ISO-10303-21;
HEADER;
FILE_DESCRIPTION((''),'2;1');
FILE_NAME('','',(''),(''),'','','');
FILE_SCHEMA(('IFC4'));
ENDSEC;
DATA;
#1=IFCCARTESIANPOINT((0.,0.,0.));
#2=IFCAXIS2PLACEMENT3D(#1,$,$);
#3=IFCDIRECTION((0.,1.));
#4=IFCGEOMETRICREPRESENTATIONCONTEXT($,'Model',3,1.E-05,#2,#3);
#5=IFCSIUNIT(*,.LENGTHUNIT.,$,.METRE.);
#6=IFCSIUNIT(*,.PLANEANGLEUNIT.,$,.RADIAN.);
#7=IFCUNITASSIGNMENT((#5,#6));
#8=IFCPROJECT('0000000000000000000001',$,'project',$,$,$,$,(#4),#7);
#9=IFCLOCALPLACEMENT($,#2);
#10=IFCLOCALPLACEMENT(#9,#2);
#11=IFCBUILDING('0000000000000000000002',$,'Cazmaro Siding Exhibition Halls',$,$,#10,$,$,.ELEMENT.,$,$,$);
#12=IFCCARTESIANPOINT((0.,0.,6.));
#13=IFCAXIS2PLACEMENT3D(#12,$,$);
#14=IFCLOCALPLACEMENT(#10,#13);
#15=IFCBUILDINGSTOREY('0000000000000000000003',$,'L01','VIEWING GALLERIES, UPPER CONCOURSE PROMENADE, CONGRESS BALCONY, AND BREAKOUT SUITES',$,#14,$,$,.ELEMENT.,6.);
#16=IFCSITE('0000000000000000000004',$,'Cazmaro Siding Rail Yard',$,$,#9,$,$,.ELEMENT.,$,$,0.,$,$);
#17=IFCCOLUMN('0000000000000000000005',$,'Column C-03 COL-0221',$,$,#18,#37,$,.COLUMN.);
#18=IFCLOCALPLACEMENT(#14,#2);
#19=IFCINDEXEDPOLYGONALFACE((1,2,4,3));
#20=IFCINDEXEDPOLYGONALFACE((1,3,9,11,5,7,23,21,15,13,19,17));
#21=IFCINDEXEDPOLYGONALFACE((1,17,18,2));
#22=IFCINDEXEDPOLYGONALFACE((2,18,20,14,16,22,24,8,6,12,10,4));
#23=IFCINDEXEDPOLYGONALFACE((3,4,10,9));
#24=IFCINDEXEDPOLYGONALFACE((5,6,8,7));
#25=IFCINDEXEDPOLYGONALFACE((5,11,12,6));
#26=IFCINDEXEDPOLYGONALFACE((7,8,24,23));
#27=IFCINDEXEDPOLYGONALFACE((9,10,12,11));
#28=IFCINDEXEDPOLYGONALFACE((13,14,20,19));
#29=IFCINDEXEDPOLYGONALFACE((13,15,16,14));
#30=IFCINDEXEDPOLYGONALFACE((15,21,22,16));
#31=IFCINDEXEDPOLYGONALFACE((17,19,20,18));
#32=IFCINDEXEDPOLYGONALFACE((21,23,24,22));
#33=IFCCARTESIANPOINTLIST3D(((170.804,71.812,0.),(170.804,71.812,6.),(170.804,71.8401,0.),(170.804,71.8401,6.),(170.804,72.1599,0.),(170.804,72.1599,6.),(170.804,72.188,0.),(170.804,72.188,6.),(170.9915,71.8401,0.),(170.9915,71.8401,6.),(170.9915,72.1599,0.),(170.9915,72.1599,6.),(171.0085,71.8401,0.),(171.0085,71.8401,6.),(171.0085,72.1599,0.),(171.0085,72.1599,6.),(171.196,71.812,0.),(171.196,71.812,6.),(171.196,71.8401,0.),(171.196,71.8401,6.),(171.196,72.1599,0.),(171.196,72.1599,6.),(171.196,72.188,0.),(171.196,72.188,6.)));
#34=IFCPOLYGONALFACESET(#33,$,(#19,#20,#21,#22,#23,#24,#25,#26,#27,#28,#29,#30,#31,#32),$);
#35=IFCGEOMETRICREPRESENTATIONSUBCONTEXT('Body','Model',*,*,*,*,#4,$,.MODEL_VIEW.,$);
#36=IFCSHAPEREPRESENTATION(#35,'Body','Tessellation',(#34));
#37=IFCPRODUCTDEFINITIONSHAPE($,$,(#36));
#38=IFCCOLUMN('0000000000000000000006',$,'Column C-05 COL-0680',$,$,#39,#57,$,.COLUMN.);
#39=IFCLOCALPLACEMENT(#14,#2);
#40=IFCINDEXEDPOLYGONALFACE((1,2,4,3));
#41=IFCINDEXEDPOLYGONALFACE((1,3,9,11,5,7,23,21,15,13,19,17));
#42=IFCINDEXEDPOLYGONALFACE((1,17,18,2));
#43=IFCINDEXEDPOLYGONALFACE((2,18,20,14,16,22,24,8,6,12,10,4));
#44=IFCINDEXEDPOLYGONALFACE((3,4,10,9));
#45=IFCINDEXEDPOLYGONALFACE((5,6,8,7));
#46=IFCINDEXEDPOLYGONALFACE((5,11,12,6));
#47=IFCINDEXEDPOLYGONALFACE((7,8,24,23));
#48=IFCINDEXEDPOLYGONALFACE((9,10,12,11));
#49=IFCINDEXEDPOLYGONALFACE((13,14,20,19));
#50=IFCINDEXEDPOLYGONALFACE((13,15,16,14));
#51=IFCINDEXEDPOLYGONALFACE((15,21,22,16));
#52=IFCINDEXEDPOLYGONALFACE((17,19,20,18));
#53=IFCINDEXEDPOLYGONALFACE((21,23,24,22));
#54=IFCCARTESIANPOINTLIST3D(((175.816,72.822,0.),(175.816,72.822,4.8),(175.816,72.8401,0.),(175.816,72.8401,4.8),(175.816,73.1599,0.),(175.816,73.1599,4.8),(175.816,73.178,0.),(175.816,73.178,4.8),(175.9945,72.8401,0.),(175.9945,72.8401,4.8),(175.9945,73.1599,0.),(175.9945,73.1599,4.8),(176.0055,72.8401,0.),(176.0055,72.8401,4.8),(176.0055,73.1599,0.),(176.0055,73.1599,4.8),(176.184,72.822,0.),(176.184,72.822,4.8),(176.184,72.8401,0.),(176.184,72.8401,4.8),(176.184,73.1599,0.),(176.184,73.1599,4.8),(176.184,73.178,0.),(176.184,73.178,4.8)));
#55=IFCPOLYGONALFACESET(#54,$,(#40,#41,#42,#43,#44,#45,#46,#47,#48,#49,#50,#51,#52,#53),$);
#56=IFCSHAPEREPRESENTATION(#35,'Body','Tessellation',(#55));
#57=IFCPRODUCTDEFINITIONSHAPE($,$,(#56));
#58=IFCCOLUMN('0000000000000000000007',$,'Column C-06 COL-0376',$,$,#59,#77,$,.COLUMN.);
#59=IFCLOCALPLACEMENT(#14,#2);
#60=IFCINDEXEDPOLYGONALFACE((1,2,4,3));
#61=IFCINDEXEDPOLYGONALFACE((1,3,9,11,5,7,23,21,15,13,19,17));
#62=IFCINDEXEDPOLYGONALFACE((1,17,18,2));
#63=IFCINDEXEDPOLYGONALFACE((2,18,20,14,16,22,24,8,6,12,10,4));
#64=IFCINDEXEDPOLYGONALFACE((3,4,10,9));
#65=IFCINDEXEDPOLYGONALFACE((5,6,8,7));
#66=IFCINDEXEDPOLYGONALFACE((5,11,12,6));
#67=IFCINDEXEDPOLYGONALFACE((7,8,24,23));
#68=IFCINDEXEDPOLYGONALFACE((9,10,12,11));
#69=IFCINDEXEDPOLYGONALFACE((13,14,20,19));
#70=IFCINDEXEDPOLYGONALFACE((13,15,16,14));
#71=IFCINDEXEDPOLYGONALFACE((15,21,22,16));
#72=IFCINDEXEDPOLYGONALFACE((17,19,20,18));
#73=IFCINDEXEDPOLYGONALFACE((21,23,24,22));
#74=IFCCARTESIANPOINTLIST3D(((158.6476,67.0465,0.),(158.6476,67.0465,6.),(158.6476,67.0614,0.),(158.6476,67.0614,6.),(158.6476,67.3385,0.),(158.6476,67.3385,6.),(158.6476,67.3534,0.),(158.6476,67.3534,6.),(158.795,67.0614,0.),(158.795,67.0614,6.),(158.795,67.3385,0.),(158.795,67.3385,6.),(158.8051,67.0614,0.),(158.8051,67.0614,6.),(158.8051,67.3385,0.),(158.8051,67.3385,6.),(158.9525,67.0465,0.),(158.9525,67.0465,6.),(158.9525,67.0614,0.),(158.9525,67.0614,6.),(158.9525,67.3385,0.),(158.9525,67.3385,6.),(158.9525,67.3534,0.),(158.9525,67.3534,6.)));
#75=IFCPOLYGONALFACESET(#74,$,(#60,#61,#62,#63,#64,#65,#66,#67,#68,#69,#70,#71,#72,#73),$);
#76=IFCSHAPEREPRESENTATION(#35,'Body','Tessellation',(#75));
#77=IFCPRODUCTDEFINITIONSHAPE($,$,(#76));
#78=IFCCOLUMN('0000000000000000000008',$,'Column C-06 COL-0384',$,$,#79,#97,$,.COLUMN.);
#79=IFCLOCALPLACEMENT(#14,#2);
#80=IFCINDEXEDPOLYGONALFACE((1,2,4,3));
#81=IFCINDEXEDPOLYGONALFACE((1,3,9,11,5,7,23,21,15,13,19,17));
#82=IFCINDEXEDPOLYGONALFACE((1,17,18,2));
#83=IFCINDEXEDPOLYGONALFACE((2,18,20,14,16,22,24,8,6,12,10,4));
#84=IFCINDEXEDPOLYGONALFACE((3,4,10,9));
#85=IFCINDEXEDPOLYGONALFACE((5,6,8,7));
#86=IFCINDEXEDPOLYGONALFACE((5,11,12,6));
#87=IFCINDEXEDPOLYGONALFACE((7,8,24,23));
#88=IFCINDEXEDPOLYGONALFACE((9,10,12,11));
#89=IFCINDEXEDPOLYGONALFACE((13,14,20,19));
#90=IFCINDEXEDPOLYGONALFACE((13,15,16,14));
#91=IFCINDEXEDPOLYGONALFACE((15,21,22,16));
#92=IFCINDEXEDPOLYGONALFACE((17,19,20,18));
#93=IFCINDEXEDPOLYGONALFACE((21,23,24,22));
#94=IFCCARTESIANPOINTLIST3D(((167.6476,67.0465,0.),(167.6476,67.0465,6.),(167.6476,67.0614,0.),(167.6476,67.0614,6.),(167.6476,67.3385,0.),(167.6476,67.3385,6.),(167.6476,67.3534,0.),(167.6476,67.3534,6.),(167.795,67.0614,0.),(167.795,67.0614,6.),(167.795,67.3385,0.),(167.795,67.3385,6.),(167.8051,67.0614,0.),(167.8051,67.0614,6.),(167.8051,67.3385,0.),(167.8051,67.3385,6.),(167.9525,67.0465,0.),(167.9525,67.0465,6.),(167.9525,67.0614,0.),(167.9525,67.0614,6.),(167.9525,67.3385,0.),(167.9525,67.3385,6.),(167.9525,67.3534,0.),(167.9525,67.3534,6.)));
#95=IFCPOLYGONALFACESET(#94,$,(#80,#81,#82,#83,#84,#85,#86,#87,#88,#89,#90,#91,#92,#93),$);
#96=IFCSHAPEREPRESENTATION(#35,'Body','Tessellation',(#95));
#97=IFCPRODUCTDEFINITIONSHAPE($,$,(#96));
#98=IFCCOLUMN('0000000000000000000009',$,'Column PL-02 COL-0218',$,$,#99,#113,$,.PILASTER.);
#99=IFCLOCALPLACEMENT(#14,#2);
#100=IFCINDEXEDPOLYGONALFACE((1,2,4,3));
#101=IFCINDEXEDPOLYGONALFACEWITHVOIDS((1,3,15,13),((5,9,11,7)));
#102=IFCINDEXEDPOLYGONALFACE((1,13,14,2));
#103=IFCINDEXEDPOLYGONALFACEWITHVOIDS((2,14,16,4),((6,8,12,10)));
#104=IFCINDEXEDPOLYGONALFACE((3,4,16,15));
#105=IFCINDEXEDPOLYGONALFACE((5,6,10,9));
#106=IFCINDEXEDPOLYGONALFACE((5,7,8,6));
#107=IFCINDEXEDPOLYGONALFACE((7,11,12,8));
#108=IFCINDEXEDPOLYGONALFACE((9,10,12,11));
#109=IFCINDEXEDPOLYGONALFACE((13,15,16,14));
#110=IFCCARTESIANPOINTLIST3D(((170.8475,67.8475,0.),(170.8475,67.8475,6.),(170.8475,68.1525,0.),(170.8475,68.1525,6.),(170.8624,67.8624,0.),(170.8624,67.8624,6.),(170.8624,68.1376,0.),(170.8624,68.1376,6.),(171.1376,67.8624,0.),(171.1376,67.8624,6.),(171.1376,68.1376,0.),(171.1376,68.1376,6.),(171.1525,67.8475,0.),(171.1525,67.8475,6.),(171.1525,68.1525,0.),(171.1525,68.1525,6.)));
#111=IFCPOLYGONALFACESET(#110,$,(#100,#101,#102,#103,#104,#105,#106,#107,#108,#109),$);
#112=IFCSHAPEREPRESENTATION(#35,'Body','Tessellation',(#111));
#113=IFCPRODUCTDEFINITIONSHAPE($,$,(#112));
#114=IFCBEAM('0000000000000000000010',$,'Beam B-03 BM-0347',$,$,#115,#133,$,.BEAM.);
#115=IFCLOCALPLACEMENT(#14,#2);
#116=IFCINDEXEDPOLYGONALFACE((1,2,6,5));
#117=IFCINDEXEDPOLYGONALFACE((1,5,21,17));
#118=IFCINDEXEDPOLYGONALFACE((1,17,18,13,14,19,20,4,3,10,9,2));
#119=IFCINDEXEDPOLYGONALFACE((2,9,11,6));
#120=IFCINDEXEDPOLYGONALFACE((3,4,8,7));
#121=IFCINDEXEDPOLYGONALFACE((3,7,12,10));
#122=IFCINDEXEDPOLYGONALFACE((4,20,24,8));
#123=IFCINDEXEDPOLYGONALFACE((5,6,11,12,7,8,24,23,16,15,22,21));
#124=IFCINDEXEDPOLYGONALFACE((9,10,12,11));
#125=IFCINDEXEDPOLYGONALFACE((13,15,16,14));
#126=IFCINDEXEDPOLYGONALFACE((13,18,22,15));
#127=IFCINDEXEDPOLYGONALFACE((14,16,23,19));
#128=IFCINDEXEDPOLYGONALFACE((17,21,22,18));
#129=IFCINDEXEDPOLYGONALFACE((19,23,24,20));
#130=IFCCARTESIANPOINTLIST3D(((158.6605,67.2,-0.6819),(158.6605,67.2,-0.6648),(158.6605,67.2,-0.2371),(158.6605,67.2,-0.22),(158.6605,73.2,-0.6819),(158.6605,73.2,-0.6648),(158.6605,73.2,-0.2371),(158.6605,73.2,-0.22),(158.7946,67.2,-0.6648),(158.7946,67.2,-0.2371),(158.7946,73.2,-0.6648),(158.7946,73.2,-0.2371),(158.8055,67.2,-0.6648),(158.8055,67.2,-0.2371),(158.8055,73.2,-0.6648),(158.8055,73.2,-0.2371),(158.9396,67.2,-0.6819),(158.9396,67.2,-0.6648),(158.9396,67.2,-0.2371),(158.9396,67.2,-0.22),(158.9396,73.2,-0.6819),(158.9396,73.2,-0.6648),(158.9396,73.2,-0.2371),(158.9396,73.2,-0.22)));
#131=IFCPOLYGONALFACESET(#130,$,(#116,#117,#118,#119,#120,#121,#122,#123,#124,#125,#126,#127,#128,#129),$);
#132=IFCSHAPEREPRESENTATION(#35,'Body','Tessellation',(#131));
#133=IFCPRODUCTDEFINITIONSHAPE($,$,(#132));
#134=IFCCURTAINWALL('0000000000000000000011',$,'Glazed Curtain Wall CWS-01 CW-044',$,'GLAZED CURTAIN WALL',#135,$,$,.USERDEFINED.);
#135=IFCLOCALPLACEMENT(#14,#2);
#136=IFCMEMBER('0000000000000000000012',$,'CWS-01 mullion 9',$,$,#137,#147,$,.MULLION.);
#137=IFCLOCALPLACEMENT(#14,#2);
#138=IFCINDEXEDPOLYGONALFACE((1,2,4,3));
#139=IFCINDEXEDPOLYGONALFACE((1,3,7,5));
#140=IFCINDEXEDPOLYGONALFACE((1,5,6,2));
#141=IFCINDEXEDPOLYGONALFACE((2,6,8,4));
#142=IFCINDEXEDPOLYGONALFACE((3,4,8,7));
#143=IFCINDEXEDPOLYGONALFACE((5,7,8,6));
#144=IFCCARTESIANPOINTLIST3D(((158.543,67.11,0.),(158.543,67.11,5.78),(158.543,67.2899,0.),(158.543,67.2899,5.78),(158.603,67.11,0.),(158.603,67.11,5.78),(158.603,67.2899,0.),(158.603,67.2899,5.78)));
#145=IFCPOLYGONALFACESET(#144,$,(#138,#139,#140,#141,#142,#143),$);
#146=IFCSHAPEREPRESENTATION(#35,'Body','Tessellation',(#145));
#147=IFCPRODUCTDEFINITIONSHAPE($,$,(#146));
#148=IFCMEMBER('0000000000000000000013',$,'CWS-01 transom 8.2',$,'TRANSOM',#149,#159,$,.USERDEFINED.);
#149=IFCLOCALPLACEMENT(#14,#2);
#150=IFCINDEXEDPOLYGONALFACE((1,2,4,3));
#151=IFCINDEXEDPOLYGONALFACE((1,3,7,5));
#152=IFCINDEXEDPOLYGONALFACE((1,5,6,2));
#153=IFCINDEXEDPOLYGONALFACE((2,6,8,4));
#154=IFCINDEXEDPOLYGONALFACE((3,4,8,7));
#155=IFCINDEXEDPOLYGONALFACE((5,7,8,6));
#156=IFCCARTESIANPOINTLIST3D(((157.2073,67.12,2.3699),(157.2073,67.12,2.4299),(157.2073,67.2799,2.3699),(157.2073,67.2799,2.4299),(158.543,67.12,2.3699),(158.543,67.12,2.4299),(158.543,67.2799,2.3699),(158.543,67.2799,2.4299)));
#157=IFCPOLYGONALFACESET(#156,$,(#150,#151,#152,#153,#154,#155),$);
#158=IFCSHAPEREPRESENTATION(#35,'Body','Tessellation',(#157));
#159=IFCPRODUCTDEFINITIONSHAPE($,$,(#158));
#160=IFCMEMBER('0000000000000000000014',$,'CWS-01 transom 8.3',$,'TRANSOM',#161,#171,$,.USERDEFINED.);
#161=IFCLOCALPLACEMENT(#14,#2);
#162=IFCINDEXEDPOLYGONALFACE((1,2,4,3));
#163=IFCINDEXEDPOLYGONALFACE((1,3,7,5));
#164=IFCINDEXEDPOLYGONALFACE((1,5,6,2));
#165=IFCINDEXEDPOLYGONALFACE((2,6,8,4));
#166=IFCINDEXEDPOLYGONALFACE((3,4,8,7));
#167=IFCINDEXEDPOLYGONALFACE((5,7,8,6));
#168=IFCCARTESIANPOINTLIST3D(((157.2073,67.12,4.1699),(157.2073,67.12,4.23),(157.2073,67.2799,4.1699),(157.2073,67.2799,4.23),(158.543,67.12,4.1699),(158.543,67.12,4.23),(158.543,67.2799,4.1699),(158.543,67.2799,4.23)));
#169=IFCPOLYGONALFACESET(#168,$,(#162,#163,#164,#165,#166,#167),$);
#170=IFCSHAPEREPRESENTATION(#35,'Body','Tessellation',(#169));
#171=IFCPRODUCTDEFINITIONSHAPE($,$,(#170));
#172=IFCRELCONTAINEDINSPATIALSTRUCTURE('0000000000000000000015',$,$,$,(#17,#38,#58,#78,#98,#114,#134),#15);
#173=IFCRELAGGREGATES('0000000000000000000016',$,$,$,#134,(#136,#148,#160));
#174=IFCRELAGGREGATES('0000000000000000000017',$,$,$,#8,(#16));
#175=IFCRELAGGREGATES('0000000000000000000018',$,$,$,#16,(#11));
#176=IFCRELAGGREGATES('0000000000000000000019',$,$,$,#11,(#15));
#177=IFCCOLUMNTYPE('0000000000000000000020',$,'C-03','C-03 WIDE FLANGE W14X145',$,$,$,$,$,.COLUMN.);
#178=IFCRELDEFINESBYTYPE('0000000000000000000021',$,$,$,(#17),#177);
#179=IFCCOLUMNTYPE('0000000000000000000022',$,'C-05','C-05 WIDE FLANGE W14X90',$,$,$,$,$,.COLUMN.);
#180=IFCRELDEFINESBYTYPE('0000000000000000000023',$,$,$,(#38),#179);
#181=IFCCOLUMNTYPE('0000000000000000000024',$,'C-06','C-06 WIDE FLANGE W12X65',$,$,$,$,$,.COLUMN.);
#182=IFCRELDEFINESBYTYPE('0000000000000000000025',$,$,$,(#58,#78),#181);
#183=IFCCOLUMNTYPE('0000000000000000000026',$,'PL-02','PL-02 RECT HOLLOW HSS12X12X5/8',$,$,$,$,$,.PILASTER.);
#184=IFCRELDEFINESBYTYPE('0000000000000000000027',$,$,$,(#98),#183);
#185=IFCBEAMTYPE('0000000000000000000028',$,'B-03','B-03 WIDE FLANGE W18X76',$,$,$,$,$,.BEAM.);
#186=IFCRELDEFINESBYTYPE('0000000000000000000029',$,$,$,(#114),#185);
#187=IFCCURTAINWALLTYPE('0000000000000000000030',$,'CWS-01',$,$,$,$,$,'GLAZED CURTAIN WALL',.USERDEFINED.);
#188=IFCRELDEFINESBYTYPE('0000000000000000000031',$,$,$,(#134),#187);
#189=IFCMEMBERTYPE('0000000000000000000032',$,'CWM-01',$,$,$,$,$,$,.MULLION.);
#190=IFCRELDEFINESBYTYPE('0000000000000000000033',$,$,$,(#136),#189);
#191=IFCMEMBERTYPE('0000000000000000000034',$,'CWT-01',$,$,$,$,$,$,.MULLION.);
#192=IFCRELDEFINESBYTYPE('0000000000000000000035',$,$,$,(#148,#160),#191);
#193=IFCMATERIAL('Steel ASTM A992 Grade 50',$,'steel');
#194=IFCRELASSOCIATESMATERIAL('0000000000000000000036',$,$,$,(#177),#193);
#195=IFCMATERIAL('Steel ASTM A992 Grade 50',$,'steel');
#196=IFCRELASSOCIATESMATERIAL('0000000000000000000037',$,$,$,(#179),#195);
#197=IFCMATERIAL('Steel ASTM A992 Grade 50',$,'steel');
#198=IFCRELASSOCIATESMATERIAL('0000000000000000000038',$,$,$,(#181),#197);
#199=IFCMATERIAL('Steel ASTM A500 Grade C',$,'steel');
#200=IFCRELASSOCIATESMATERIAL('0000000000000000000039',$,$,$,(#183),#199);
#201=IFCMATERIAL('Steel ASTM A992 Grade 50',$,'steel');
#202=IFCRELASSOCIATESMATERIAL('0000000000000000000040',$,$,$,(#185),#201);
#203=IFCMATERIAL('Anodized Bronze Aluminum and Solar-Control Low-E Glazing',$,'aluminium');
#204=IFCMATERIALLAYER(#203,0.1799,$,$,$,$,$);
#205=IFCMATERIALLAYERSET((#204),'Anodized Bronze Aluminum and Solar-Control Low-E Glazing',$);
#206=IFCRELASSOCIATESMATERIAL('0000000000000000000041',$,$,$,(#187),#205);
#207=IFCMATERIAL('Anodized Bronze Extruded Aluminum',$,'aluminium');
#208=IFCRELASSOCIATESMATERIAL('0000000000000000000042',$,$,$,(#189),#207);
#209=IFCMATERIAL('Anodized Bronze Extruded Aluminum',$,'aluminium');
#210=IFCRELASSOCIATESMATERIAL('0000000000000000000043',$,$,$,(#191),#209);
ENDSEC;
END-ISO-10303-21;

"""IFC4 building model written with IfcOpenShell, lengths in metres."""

from ifc_helpers import new_model, si_unit, direction, frame, origin, origin_2d, place, context, subcontext, project, spatial, rectangle, hollow_rectangle, i_section, extrude, material, layer, layer_set, material_profile, profile_set, type_object, element, aggregate, save


model = new_model("IFC4")

# Units and contexts
model_context = context("Model", 3, precision=1e-05, world=origin(), true_north=direction((0.0, 1.0)))
body_context = subcontext(model_context, "Body", "Model", "MODEL_VIEW")
ifc_project = project(units=[si_unit("LENGTHUNIT", "METRE"), si_unit("PLANEANGLEUNIT", "RADIAN")], contexts=[model_context])

# Site, building, storey
site_placement = place(None, origin())
site = spatial("IfcSite", under=ifc_project, at=site_placement, Name="Cazmaro Siding Rail Yard", CompositionType="ELEMENT", RefElevation=0.0)
building_placement = place(site_placement, origin())
building = spatial("IfcBuilding", under=site, at=building_placement, Name="Cazmaro Siding Exhibition Halls", CompositionType="ELEMENT")
storey_placement = place(building_placement, frame((0.0, 0.0, 6.0)))
storey = spatial("IfcBuildingStorey", under=building, at=storey_placement, Name="L01", Description="VIEWING GALLERIES, UPPER CONCOURSE PROMENADE, CONGRESS BALCONY, AND BREAKOUT SUITES", CompositionType="ELEMENT", Elevation=6.0)

# Columns
ifc_material_1 = material(Name="Steel ASTM A992 Grade 50", Category="steel")
ifc_material_profile_1 = material_profile(ifc_material_1, i_section(OverallWidth=0.3921, OverallDepth=0.376, WebThickness=0.0171, FlangeThickness=0.0281, at=origin_2d()), Name="W14X145")
ifc_profile_set_1 = profile_set([ifc_material_profile_1], Name="Steel ASTM A992 Grade 50")
column_type_1 = type_object("IfcColumnType", Name="C-03", Description="C-03 WIDE FLANGE W14X145", PredefinedType="COLUMN", material=ifc_profile_set_1)
column_1_placement = place(storey_placement, frame((171.0, 72.0, 0.0), z_axis=(0.0, 0.0, 1.0), x_axis=(1.0, 0.0, 0.0)))
element("IfcColumn", 1, at=column_1_placement, inside=storey, type_object=column_type_1, Name="Column C-03 COL-0221", PredefinedType="COLUMN", context=body_context, shape_type="SweptSolid", body=[
    extrude(i_section(OverallWidth=0.3921, OverallDepth=0.376, WebThickness=0.0171, FlangeThickness=0.0281, at=origin_2d()), origin(), (0.0, 0.0, 1.0), 6.0),
])
ifc_material_2 = material(Name="Steel ASTM A992 Grade 50", Category="steel")
ifc_material_profile_2 = material_profile(ifc_material_2, i_section(OverallWidth=0.3679, OverallDepth=0.356, WebThickness=0.011, FlangeThickness=0.0181, at=origin_2d()), Name="W14X90")
ifc_profile_set_2 = profile_set([ifc_material_profile_2], Name="Steel ASTM A992 Grade 50")
column_type_2 = type_object("IfcColumnType", Name="C-05", Description="C-05 WIDE FLANGE W14X90", PredefinedType="COLUMN", material=ifc_profile_set_2)
column_2_placement = place(storey_placement, frame((176.0, 73.0, 0.0), z_axis=(0.0, 0.0, 1.0), x_axis=(1.0, 0.0, 0.0)))
element("IfcColumn", 2, at=column_2_placement, inside=storey, type_object=column_type_2, Name="Column C-05 COL-0680", PredefinedType="COLUMN", context=body_context, shape_type="SweptSolid", body=[
    extrude(i_section(OverallWidth=0.3679, OverallDepth=0.356, WebThickness=0.011, FlangeThickness=0.0181, at=origin_2d()), origin(), (0.0, 0.0, 1.0), 4.8),
])
ifc_material_3 = material(Name="Steel ASTM A992 Grade 50", Category="steel")
ifc_material_profile_3 = material_profile(ifc_material_3, i_section(OverallWidth=0.3049, OverallDepth=0.3069, WebThickness=0.01, FlangeThickness=0.0149, at=origin_2d()), Name="W12X65")
ifc_profile_set_3 = profile_set([ifc_material_profile_3], Name="Steel ASTM A992 Grade 50")
column_type_3 = type_object("IfcColumnType", Name="C-06", Description="C-06 WIDE FLANGE W12X65", PredefinedType="COLUMN", material=ifc_profile_set_3)
for number, where, z_axis, x_axis, name in (
    (3, (158.8, 67.2, 0.0), (0.0, 0.0, 1.0), (1.0, 0.0, 0.0), "Column C-06 COL-0376"),
    (4, (167.8, 67.2, 0.0), (0.0, 0.0, 1.0), (1.0, 0.0, 0.0), "Column C-06 COL-0384"),
):
    element("IfcColumn", number, at=place(storey_placement, frame(where, z_axis=z_axis, x_axis=x_axis)), inside=storey, type_object=column_type_3, Name=name, PredefinedType="COLUMN", context=body_context, shape_type="SweptSolid", body=[
        extrude(i_section(OverallWidth=0.3049, OverallDepth=0.3069, WebThickness=0.01, FlangeThickness=0.0149, at=origin_2d()), origin(), (0.0, 0.0, 1.0), 6.0),
    ])
ifc_material_4 = material(Name="Steel ASTM A500 Grade C", Category="steel")
ifc_material_profile_4 = material_profile(ifc_material_4, hollow_rectangle(XDim=0.3049, YDim=0.3049, WallThickness=0.0149, at=origin_2d()), Name="HSS12X12X5/8")
ifc_profile_set_4 = profile_set([ifc_material_profile_4], Name="Steel ASTM A500 Grade C")
column_type_4 = type_object("IfcColumnType", Name="PL-02", Description="PL-02 RECT HOLLOW HSS12X12X5/8", PredefinedType="PILASTER", material=ifc_profile_set_4)
column_3_placement = place(storey_placement, frame((171.0, 68.0, 0.0), z_axis=(0.0, 0.0, 1.0), x_axis=(1.0, 0.0, 0.0)))
element("IfcColumn", 5, at=column_3_placement, inside=storey, type_object=column_type_4, Name="Column PL-02 COL-0218", PredefinedType="PILASTER", context=body_context, shape_type="SweptSolid", body=[
    extrude(hollow_rectangle(XDim=0.3049, YDim=0.3049, WallThickness=0.0149, at=origin_2d()), origin(), (0.0, 0.0, 1.0), 6.0),
])

# Beam
ifc_material_5 = material(Name="Steel ASTM A992 Grade 50", Category="steel")
ifc_material_profile_5 = material_profile(ifc_material_5, i_section(OverallWidth=0.2791, OverallDepth=0.4619, WebThickness=0.011, FlangeThickness=0.0171, at=origin_2d()), Name="W18X76")
ifc_profile_set_5 = profile_set([ifc_material_profile_5], Name="Steel ASTM A992 Grade 50")
beam_type_1 = type_object("IfcBeamType", Name="B-03", Description="B-03 WIDE FLANGE W18X76", PredefinedType="BEAM", material=ifc_profile_set_5)
beam_placement = place(storey_placement, frame((158.8, 67.2, -0.4509), z_axis=(0.0, 1.0, 0.0), x_axis=(-1.0, 0.0, 0.0)))
element("IfcBeam", 6, at=beam_placement, inside=storey, type_object=beam_type_1, Name="Beam B-03 BM-0347", PredefinedType="BEAM", context=body_context, shape_type="SweptSolid", body=[
    extrude(i_section(OverallWidth=0.2791, OverallDepth=0.4619, WebThickness=0.011, FlangeThickness=0.0171, at=origin_2d()), origin(), (0.0, 0.0, 1.0), 6.0),
])

# Curtain wall, members
ifc_material_6 = material(Name="Anodized Bronze Aluminum and Solar-Control Low-E Glazing", Category="aluminium")
ifc_layer_1 = layer(ifc_material_6, 0.1799)
ifc_layer_set_1 = layer_set([ifc_layer_1], Name="Anodized Bronze Aluminum and Solar-Control Low-E Glazing")
curtain_wall_type = type_object("IfcCurtainWallType", Name="CWS-01", ElementType="GLAZED CURTAIN WALL", PredefinedType="USERDEFINED", material=ifc_layer_set_1)
curtain_wall_placement = place(storey_placement, origin())
curtain_wall = element("IfcCurtainWall", 7, at=curtain_wall_placement, inside=storey, type_object=curtain_wall_type, Name="Glazed Curtain Wall CWS-01 CW-044", ObjectType="GLAZED CURTAIN WALL", PredefinedType="USERDEFINED")
ifc_material_7 = material(Name="Anodized Bronze Extruded Aluminum", Category="aluminium")
ifc_material_profile_6 = material_profile(ifc_material_7, rectangle(XDim=0.1799, YDim=0.0601, at=origin_2d()), Name="CWM-01")
ifc_profile_set_6 = profile_set([ifc_material_profile_6], Name="Anodized Bronze Extruded Aluminum")
member_type_1 = type_object("IfcMemberType", Name="CWM-01", PredefinedType="MULLION", material=ifc_profile_set_6)
member_1_placement = place(storey_placement, frame((158.573, 67.2, 0.0), z_axis=(0.0, 0.0, 1.0), x_axis=(0.0, 1.0, 0.0)))
member_1 = element("IfcMember", 8, at=member_1_placement, type_object=member_type_1, Name="CWS-01 mullion 9", PredefinedType="MULLION", context=body_context, shape_type="SweptSolid", body=[
    extrude(rectangle(XDim=0.1799, YDim=0.0601, at=origin_2d()), origin(), (0.0, 0.0, 1.0), 5.78),
])
ifc_material_8 = material(Name="Anodized Bronze Extruded Aluminum", Category="aluminium")
ifc_material_profile_7 = material_profile(ifc_material_8, rectangle(XDim=0.1599, YDim=0.0601, at=origin_2d()), Name="CWT-01")
ifc_profile_set_7 = profile_set([ifc_material_profile_7], Name="Anodized Bronze Extruded Aluminum")
member_type_2 = type_object("IfcMemberType", Name="CWT-01", PredefinedType="MULLION", material=ifc_profile_set_7)
member_2_placement = place(storey_placement, frame((157.2073, 67.2, 2.3999), z_axis=(1.0, 0.0, 0.0), x_axis=(0.0, 1.0, 0.0)))
member_2 = element("IfcMember", 9, at=member_2_placement, type_object=member_type_2, Name="CWS-01 transom 8.2", ObjectType="TRANSOM", PredefinedType="USERDEFINED", context=body_context, shape_type="SweptSolid", body=[
    extrude(rectangle(XDim=0.1599, YDim=0.0601, at=origin_2d()), origin(), (0.0, 0.0, 1.0), 1.3357),
])
member_3_placement = place(storey_placement, frame((157.2073, 67.2, 4.2), z_axis=(1.0, 0.0, 0.0), x_axis=(0.0, 1.0, 0.0)))
member_3 = element("IfcMember", 10, at=member_3_placement, type_object=member_type_2, Name="CWS-01 transom 8.3", ObjectType="TRANSOM", PredefinedType="USERDEFINED", context=body_context, shape_type="SweptSolid", body=[
    extrude(rectangle(XDim=0.1599, YDim=0.0601, at=origin_2d()), origin(), (0.0, 0.0, 1.0), 1.3357),
])

aggregate(curtain_wall, [member_1, member_2, member_3])

save(model, "model.ifc")
